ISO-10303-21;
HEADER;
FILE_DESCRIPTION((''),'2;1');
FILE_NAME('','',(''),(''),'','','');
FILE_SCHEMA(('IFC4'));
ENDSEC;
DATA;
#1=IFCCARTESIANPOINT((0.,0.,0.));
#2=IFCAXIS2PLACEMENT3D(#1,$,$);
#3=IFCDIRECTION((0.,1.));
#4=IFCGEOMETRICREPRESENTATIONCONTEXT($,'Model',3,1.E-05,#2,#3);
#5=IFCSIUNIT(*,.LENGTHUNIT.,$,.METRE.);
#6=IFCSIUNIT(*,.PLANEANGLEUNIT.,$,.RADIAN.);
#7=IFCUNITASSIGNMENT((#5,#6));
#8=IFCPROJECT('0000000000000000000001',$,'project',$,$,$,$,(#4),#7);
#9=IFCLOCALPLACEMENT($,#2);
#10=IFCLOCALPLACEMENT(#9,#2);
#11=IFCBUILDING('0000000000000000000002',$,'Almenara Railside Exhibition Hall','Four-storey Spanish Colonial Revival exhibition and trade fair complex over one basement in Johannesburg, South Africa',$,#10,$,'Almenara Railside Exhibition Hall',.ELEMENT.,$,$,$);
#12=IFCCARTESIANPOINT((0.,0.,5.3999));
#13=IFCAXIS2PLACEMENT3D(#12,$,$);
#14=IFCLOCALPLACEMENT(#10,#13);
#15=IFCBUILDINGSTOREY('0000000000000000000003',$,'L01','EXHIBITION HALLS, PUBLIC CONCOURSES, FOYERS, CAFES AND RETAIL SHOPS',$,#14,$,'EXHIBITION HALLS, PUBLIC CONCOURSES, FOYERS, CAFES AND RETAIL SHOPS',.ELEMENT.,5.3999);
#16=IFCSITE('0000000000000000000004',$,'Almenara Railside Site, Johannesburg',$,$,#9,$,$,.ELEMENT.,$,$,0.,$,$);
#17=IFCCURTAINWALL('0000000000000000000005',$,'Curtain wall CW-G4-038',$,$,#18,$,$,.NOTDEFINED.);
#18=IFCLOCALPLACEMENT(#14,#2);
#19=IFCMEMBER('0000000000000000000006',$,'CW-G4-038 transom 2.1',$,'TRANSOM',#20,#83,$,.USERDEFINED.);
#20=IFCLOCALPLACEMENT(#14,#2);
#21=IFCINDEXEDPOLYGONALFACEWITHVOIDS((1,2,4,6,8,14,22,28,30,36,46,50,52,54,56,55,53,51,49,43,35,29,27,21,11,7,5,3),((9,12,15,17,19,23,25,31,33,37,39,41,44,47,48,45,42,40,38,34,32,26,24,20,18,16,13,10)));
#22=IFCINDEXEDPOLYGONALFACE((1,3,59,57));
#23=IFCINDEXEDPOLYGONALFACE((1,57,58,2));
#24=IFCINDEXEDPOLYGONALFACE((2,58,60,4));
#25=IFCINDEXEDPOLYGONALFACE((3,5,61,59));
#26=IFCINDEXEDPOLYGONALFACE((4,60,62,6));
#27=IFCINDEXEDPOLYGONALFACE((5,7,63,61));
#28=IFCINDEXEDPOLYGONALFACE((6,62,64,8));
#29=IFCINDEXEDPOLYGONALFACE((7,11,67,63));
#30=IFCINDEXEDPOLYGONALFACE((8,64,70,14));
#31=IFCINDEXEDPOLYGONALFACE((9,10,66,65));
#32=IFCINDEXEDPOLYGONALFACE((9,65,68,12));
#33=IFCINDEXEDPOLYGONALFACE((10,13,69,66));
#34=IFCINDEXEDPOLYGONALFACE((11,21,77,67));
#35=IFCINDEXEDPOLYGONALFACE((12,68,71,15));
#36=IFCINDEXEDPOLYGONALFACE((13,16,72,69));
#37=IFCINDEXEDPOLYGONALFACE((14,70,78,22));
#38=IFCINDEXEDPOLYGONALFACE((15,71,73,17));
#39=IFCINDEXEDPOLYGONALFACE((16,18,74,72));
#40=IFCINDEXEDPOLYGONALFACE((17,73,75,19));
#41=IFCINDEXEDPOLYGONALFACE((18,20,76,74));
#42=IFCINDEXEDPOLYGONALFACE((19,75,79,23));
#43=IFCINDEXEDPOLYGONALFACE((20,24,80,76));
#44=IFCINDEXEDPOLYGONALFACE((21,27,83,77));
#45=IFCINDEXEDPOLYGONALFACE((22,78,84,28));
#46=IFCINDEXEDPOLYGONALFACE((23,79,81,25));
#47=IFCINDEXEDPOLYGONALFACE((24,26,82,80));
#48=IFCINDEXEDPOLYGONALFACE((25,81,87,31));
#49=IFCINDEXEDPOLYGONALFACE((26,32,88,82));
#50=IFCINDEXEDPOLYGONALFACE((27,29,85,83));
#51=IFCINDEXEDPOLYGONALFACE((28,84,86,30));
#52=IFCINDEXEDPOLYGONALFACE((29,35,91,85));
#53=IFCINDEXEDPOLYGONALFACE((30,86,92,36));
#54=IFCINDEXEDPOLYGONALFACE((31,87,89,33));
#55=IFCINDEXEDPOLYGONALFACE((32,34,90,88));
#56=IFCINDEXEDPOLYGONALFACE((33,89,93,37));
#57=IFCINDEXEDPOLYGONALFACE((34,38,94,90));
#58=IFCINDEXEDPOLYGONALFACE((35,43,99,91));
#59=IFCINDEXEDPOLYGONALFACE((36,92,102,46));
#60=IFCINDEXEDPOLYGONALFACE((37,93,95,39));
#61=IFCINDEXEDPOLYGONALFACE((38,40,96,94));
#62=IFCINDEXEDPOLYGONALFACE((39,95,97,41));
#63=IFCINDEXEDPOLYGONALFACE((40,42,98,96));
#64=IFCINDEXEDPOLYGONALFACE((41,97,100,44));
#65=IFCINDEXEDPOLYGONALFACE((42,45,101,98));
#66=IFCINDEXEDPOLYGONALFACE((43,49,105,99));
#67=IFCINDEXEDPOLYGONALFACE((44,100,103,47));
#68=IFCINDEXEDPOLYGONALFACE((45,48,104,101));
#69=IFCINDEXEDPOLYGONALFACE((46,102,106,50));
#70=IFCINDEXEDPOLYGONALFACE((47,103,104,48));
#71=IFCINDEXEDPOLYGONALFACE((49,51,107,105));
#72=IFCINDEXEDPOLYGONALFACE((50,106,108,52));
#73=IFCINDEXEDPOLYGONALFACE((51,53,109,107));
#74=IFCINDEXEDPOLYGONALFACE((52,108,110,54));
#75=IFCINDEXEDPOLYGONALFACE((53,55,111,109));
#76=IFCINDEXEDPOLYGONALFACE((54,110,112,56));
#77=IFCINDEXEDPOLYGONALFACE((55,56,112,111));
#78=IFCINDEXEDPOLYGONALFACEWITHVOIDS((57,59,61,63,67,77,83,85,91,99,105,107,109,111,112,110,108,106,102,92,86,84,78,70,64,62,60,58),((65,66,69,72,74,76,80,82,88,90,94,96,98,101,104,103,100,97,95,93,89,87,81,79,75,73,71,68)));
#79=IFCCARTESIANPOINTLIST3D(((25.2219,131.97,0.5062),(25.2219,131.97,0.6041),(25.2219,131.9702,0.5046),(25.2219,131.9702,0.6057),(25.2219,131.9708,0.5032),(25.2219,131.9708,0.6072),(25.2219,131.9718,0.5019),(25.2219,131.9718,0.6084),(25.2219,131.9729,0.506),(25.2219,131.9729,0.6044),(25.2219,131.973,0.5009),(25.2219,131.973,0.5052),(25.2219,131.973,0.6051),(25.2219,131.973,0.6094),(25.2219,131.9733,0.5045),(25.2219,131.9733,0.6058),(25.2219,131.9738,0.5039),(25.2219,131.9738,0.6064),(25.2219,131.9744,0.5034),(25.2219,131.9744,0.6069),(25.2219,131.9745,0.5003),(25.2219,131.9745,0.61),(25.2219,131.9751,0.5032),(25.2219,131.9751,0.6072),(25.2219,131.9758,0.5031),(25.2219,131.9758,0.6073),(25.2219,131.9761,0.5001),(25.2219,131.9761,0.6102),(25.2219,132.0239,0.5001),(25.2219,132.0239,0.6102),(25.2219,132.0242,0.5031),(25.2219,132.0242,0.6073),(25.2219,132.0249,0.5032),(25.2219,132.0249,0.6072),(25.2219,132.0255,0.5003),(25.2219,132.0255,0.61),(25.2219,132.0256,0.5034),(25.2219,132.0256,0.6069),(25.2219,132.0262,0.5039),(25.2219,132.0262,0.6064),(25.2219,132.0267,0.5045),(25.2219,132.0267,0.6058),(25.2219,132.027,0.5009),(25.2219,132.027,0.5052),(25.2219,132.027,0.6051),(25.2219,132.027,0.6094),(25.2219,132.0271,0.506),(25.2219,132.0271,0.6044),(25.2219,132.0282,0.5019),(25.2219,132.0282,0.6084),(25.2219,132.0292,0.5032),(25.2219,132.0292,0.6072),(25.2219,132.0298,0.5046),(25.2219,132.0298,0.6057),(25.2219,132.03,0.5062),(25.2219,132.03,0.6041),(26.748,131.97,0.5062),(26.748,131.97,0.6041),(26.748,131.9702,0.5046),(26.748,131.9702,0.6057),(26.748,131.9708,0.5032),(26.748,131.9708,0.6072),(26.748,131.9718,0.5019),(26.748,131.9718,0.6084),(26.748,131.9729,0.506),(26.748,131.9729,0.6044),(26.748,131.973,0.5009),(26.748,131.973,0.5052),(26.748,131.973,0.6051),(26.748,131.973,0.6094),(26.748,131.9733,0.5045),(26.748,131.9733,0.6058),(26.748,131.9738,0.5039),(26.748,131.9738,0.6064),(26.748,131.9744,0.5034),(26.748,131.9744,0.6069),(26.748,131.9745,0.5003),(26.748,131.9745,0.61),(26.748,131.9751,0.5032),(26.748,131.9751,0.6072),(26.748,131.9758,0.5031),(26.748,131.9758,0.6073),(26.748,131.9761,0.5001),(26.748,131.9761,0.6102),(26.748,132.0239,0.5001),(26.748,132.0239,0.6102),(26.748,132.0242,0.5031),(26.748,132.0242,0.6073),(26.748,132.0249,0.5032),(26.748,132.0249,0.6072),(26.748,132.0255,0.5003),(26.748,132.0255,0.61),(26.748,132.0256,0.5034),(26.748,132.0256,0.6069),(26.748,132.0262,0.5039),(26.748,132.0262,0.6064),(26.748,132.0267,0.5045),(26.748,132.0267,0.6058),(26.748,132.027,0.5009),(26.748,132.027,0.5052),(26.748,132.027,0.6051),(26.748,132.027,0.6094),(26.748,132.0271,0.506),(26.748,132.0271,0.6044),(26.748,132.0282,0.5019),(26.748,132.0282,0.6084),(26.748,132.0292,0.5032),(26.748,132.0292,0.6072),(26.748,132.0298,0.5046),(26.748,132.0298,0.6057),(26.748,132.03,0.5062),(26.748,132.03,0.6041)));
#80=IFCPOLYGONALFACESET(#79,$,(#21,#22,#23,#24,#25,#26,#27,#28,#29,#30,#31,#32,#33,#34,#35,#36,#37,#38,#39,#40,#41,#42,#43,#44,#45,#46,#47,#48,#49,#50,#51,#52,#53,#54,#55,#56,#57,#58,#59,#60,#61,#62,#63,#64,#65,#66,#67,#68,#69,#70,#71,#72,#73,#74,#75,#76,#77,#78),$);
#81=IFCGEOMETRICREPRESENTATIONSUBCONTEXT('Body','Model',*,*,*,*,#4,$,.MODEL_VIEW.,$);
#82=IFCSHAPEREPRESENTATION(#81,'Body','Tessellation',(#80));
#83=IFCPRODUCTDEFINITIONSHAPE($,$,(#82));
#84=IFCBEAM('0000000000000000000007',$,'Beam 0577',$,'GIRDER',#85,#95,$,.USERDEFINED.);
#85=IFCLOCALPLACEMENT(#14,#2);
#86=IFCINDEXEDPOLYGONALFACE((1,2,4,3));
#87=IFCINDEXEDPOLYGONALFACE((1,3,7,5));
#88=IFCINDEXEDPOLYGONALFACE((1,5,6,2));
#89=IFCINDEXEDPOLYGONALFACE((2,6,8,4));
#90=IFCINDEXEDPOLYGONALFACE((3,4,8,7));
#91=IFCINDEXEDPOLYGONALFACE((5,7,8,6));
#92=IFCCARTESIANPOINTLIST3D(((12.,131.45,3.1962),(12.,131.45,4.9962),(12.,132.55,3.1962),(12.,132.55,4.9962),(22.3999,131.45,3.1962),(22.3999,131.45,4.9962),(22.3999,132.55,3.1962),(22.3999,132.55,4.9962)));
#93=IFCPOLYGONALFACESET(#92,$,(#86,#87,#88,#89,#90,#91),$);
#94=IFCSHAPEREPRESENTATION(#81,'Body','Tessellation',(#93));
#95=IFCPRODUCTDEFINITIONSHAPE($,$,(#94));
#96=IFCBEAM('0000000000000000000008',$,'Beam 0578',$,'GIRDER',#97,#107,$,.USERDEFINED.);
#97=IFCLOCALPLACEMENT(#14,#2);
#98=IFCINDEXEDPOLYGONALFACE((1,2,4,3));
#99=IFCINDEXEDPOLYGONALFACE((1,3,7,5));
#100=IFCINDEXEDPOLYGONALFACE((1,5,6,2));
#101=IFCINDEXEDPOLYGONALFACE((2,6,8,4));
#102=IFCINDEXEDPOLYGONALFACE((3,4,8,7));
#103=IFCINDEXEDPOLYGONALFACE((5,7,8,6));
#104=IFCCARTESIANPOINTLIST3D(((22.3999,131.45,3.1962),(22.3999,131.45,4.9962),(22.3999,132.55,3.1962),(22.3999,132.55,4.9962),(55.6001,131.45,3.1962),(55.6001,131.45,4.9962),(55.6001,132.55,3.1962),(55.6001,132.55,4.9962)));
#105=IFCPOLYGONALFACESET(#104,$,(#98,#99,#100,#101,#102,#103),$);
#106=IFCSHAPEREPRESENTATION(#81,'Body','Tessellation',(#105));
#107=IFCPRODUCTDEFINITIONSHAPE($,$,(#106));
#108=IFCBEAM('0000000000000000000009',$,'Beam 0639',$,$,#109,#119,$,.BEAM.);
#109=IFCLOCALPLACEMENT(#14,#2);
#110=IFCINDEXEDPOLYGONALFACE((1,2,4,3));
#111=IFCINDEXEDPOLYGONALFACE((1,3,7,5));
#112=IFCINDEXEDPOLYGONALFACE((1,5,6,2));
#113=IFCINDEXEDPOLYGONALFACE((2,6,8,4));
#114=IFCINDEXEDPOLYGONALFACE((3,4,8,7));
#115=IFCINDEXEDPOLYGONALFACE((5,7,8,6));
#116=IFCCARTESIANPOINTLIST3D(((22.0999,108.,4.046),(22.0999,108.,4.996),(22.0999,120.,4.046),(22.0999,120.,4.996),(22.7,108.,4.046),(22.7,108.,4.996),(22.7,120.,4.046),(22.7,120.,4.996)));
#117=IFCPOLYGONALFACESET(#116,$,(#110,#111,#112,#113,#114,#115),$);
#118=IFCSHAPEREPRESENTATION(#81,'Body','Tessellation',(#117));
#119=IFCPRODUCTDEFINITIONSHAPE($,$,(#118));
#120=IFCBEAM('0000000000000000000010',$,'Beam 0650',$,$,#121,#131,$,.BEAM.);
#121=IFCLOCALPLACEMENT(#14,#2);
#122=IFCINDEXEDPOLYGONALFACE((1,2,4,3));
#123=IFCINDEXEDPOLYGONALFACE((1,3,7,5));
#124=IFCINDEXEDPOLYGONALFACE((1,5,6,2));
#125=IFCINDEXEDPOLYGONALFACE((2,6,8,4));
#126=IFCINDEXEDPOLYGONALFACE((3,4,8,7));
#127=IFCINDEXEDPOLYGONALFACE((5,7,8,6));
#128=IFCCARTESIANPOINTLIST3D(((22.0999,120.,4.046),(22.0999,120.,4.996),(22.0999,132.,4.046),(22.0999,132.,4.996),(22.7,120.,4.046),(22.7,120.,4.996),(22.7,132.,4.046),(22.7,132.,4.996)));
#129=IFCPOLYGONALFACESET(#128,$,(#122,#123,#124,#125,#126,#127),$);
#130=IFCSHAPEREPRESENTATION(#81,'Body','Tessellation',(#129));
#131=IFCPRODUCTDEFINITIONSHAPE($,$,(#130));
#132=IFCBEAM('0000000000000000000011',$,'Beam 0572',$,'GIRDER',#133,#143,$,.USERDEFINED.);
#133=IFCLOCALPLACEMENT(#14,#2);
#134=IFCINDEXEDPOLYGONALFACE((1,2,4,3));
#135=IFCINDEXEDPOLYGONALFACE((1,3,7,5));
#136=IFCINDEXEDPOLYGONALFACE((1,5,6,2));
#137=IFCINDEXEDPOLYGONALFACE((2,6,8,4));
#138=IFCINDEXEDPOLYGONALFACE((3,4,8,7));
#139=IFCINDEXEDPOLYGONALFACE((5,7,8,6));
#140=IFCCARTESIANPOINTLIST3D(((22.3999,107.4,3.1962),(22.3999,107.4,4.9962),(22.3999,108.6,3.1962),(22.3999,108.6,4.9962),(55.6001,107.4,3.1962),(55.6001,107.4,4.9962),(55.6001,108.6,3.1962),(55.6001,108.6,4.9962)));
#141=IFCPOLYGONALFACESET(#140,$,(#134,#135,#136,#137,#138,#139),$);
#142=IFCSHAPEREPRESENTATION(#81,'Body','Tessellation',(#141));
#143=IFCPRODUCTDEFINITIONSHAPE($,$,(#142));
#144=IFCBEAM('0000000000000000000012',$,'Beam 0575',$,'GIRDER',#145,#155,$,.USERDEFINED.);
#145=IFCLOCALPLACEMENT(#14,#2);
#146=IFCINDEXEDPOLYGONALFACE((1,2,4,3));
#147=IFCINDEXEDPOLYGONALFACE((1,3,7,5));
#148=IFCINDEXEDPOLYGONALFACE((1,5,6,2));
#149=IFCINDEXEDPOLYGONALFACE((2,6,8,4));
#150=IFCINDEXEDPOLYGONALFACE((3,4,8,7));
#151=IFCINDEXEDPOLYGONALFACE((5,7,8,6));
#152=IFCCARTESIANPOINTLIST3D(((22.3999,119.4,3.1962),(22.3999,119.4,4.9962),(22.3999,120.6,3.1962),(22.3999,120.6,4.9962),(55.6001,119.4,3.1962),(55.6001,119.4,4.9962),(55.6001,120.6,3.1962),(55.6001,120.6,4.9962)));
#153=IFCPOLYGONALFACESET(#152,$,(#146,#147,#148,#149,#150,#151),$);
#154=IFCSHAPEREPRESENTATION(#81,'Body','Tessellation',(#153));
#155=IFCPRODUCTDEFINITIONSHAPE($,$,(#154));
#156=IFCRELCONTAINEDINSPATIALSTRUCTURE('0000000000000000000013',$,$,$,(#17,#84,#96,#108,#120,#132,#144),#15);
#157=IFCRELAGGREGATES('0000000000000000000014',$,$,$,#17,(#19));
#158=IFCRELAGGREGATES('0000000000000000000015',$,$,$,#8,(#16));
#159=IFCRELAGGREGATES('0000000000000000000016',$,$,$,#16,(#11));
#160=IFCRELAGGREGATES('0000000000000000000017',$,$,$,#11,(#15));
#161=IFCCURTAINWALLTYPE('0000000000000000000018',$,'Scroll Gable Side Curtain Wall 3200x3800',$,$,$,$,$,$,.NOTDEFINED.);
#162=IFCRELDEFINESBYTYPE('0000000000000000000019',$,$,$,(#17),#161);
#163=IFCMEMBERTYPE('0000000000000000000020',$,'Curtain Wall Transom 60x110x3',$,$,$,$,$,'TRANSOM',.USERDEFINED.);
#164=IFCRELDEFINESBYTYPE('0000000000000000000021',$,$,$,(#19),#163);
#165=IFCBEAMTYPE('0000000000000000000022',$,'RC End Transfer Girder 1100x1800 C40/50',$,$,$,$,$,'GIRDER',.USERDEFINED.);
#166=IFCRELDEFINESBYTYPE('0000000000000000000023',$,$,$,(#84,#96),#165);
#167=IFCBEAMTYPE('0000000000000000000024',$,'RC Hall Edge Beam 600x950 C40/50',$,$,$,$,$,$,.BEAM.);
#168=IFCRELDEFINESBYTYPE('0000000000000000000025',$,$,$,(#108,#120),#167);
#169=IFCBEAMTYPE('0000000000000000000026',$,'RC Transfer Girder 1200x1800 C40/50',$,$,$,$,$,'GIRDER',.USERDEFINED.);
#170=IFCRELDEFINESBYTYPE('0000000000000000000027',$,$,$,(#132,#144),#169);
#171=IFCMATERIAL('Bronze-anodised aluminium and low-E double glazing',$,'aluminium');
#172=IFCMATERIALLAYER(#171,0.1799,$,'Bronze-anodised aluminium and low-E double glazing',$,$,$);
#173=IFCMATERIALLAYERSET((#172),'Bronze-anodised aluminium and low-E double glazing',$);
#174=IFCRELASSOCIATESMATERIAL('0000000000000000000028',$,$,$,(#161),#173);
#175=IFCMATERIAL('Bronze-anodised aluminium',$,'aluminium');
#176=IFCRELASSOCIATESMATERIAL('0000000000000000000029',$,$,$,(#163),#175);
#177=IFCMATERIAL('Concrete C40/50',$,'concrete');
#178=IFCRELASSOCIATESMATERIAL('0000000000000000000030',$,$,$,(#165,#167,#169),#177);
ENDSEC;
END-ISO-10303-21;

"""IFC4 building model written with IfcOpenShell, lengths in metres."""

from ifc_helpers import new_model, si_unit, direction, frame, origin, origin_2d, place, context, subcontext, project, spatial, rectangle, hollow_rectangle, extrude, material, layer, layer_set, material_profile, profile_set, type_object, element, aggregate, save


model = new_model("IFC4")

# Units and contexts
model_context = context("Model", 3, precision=1e-05, world=origin(), true_north=direction((0.0, 1.0)))
body_context = subcontext(model_context, "Body", "Model", "MODEL_VIEW")
ifc_project = project(units=[si_unit("LENGTHUNIT", "METRE"), si_unit("PLANEANGLEUNIT", "RADIAN")], contexts=[model_context])

# Site, building, storey
site_placement = place(None, origin())
site = spatial("IfcSite", under=ifc_project, at=site_placement, Name="Almenara Railside Site, Johannesburg", CompositionType="ELEMENT", RefElevation=0.0)
building_placement = place(site_placement, origin())
building = spatial("IfcBuilding", under=site, at=building_placement, Name="Almenara Railside Exhibition Hall", Description="Four-storey Spanish Colonial Revival exhibition and trade fair complex over one basement in Johannesburg, South Africa", LongName="Almenara Railside Exhibition Hall", CompositionType="ELEMENT")
storey_placement = place(building_placement, frame((0.0, 0.0, 5.3999)))
storey = spatial("IfcBuildingStorey", under=building, at=storey_placement, Name="L01", Description="EXHIBITION HALLS, PUBLIC CONCOURSES, FOYERS, CAFES AND RETAIL SHOPS", LongName="EXHIBITION HALLS, PUBLIC CONCOURSES, FOYERS, CAFES AND RETAIL SHOPS", CompositionType="ELEMENT", Elevation=5.3999)

# Shared definitions
ifc_material_1 = material(Name="Concrete C40/50", Category="concrete")

# Curtain wall, member
ifc_material_2 = material(Name="Bronze-anodised aluminium and low-E double glazing", Category="aluminium")
ifc_layer_1 = layer(ifc_material_2, 0.1799, Name="Bronze-anodised aluminium and low-E double glazing")
ifc_layer_set_1 = layer_set([ifc_layer_1], Name="Bronze-anodised aluminium and low-E double glazing")
curtain_wall_type = type_object("IfcCurtainWallType", Name="Scroll Gable Side Curtain Wall 3200x3800", PredefinedType="NOTDEFINED", material=ifc_layer_set_1)
curtain_wall_placement = place(storey_placement, origin())
curtain_wall = element("IfcCurtainWall", 1, at=curtain_wall_placement, inside=storey, type_object=curtain_wall_type, Name="Curtain wall CW-G4-038", PredefinedType="NOTDEFINED")
ifc_material_3 = material(Name="Bronze-anodised aluminium", Category="aluminium")
ifc_material_profile_1 = material_profile(ifc_material_3, hollow_rectangle(XDim=0.0601, YDim=0.1101, WallThickness=0.0029, InnerFilletRadius=0.0029, OuterFilletRadius=0.0061, at=origin_2d()), Name="ALU-TRN 60x110x3")
ifc_profile_set_1 = profile_set([ifc_material_profile_1], Name="Bronze-anodised aluminium")
member_type_1 = type_object("IfcMemberType", Name="Curtain Wall Transom 60x110x3", ElementType="TRANSOM", PredefinedType="USERDEFINED", material=ifc_profile_set_1)
member_1_placement = place(storey_placement, frame((25.2219, 132.0, 0.5552), z_axis=(1.0, 0.0, 0.0), x_axis=(0.0, 1.0, 0.0)))
member_1 = element("IfcMember", 2, at=member_1_placement, type_object=member_type_1, Name="CW-G4-038 transom 2.1", ObjectType="TRANSOM", PredefinedType="USERDEFINED", context=body_context, shape_type="SweptSolid", body=[
    extrude(hollow_rectangle(XDim=0.0601, YDim=0.1101, WallThickness=0.0029, InnerFilletRadius=0.0029, OuterFilletRadius=0.0061, at=origin_2d()), origin(), (0.0, 0.0, 1.0), 1.5261),
])

# Beams
ifc_material_profile_2 = material_profile(ifc_material_1, rectangle(XDim=1.1001, YDim=1.8, at=origin_2d()), Name="RC 1100x1800")
ifc_profile_set_2 = profile_set([ifc_material_profile_2], Name="Concrete C40/50")
beam_type_1 = type_object("IfcBeamType", Name="RC End Transfer Girder 1100x1800 C40/50", ElementType="GIRDER", PredefinedType="USERDEFINED", material=ifc_profile_set_2)
beam_1_placement = place(storey_placement, frame((12.0, 132.0, 4.0962), z_axis=(1.0, 0.0, 0.0), x_axis=(0.0, 1.0, 0.0)))
element("IfcBeam", 3, at=beam_1_placement, inside=storey, type_object=beam_type_1, Name="Beam 0577", ObjectType="GIRDER", PredefinedType="USERDEFINED", context=body_context, shape_type="SweptSolid", body=[
    extrude(rectangle(XDim=1.1001, YDim=1.8, at=origin_2d()), origin(), (0.0, 0.0, 1.0), 10.3999),
])
beam_2_placement = place(storey_placement, frame((22.3999, 132.0, 4.0962), z_axis=(1.0, 0.0, 0.0), x_axis=(0.0, 1.0, 0.0)))
element("IfcBeam", 4, at=beam_2_placement, inside=storey, type_object=beam_type_1, Name="Beam 0578", ObjectType="GIRDER", PredefinedType="USERDEFINED", context=body_context, shape_type="SweptSolid", body=[
    extrude(rectangle(XDim=1.1001, YDim=1.8, at=origin_2d()), origin(), (0.0, 0.0, 1.0), 33.2002),
])
ifc_material_profile_3 = material_profile(ifc_material_1, rectangle(XDim=0.6001, YDim=0.95, at=origin_2d()), Name="RC 600x950")
ifc_profile_set_3 = profile_set([ifc_material_profile_3], Name="Concrete C40/50")
beam_type_2 = type_object("IfcBeamType", Name="RC Hall Edge Beam 600x950 C40/50", PredefinedType="BEAM", material=ifc_profile_set_3)
for number, where, z_axis, x_axis, name in (
    (5, (22.3999, 108.0, 4.521), (0.0, 1.0, 0.0), (-1.0, 0.0, 0.0), "Beam 0639"),
    (6, (22.3999, 120.0, 4.521), (0.0, 1.0, 0.0), (-1.0, 0.0, 0.0), "Beam 0650"),
):
    element("IfcBeam", number, at=place(storey_placement, frame(where, z_axis=z_axis, x_axis=x_axis)), inside=storey, type_object=beam_type_2, Name=name, PredefinedType="BEAM", context=body_context, shape_type="SweptSolid", body=[
        extrude(rectangle(XDim=0.6001, YDim=0.95, at=origin_2d()), origin(), (0.0, 0.0, 1.0), 12.0),
    ])
ifc_material_profile_4 = material_profile(ifc_material_1, rectangle(XDim=1.2, YDim=1.8, at=origin_2d()), Name="RC 1200x1800")
ifc_profile_set_4 = profile_set([ifc_material_profile_4], Name="Concrete C40/50")
beam_type_3 = type_object("IfcBeamType", Name="RC Transfer Girder 1200x1800 C40/50", ElementType="GIRDER", PredefinedType="USERDEFINED", material=ifc_profile_set_4)
for number, where, z_axis, x_axis, name in (
    (7, (22.3999, 108.0, 4.0962), (1.0, 0.0, 0.0), (0.0, 1.0, 0.0), "Beam 0572"),
    (8, (22.3999, 120.0, 4.0962), (1.0, 0.0, 0.0), (0.0, 1.0, 0.0), "Beam 0575"),
):
    element("IfcBeam", number, at=place(storey_placement, frame(where, z_axis=z_axis, x_axis=x_axis)), inside=storey, type_object=beam_type_3, Name=name, ObjectType="GIRDER", PredefinedType="USERDEFINED", context=body_context, shape_type="SweptSolid", body=[
        extrude(rectangle(XDim=1.2, YDim=1.8, at=origin_2d()), origin(), (0.0, 0.0, 1.0), 33.2002),
    ])

aggregate(curtain_wall, [member_1])

save(model, "model.ifc")
